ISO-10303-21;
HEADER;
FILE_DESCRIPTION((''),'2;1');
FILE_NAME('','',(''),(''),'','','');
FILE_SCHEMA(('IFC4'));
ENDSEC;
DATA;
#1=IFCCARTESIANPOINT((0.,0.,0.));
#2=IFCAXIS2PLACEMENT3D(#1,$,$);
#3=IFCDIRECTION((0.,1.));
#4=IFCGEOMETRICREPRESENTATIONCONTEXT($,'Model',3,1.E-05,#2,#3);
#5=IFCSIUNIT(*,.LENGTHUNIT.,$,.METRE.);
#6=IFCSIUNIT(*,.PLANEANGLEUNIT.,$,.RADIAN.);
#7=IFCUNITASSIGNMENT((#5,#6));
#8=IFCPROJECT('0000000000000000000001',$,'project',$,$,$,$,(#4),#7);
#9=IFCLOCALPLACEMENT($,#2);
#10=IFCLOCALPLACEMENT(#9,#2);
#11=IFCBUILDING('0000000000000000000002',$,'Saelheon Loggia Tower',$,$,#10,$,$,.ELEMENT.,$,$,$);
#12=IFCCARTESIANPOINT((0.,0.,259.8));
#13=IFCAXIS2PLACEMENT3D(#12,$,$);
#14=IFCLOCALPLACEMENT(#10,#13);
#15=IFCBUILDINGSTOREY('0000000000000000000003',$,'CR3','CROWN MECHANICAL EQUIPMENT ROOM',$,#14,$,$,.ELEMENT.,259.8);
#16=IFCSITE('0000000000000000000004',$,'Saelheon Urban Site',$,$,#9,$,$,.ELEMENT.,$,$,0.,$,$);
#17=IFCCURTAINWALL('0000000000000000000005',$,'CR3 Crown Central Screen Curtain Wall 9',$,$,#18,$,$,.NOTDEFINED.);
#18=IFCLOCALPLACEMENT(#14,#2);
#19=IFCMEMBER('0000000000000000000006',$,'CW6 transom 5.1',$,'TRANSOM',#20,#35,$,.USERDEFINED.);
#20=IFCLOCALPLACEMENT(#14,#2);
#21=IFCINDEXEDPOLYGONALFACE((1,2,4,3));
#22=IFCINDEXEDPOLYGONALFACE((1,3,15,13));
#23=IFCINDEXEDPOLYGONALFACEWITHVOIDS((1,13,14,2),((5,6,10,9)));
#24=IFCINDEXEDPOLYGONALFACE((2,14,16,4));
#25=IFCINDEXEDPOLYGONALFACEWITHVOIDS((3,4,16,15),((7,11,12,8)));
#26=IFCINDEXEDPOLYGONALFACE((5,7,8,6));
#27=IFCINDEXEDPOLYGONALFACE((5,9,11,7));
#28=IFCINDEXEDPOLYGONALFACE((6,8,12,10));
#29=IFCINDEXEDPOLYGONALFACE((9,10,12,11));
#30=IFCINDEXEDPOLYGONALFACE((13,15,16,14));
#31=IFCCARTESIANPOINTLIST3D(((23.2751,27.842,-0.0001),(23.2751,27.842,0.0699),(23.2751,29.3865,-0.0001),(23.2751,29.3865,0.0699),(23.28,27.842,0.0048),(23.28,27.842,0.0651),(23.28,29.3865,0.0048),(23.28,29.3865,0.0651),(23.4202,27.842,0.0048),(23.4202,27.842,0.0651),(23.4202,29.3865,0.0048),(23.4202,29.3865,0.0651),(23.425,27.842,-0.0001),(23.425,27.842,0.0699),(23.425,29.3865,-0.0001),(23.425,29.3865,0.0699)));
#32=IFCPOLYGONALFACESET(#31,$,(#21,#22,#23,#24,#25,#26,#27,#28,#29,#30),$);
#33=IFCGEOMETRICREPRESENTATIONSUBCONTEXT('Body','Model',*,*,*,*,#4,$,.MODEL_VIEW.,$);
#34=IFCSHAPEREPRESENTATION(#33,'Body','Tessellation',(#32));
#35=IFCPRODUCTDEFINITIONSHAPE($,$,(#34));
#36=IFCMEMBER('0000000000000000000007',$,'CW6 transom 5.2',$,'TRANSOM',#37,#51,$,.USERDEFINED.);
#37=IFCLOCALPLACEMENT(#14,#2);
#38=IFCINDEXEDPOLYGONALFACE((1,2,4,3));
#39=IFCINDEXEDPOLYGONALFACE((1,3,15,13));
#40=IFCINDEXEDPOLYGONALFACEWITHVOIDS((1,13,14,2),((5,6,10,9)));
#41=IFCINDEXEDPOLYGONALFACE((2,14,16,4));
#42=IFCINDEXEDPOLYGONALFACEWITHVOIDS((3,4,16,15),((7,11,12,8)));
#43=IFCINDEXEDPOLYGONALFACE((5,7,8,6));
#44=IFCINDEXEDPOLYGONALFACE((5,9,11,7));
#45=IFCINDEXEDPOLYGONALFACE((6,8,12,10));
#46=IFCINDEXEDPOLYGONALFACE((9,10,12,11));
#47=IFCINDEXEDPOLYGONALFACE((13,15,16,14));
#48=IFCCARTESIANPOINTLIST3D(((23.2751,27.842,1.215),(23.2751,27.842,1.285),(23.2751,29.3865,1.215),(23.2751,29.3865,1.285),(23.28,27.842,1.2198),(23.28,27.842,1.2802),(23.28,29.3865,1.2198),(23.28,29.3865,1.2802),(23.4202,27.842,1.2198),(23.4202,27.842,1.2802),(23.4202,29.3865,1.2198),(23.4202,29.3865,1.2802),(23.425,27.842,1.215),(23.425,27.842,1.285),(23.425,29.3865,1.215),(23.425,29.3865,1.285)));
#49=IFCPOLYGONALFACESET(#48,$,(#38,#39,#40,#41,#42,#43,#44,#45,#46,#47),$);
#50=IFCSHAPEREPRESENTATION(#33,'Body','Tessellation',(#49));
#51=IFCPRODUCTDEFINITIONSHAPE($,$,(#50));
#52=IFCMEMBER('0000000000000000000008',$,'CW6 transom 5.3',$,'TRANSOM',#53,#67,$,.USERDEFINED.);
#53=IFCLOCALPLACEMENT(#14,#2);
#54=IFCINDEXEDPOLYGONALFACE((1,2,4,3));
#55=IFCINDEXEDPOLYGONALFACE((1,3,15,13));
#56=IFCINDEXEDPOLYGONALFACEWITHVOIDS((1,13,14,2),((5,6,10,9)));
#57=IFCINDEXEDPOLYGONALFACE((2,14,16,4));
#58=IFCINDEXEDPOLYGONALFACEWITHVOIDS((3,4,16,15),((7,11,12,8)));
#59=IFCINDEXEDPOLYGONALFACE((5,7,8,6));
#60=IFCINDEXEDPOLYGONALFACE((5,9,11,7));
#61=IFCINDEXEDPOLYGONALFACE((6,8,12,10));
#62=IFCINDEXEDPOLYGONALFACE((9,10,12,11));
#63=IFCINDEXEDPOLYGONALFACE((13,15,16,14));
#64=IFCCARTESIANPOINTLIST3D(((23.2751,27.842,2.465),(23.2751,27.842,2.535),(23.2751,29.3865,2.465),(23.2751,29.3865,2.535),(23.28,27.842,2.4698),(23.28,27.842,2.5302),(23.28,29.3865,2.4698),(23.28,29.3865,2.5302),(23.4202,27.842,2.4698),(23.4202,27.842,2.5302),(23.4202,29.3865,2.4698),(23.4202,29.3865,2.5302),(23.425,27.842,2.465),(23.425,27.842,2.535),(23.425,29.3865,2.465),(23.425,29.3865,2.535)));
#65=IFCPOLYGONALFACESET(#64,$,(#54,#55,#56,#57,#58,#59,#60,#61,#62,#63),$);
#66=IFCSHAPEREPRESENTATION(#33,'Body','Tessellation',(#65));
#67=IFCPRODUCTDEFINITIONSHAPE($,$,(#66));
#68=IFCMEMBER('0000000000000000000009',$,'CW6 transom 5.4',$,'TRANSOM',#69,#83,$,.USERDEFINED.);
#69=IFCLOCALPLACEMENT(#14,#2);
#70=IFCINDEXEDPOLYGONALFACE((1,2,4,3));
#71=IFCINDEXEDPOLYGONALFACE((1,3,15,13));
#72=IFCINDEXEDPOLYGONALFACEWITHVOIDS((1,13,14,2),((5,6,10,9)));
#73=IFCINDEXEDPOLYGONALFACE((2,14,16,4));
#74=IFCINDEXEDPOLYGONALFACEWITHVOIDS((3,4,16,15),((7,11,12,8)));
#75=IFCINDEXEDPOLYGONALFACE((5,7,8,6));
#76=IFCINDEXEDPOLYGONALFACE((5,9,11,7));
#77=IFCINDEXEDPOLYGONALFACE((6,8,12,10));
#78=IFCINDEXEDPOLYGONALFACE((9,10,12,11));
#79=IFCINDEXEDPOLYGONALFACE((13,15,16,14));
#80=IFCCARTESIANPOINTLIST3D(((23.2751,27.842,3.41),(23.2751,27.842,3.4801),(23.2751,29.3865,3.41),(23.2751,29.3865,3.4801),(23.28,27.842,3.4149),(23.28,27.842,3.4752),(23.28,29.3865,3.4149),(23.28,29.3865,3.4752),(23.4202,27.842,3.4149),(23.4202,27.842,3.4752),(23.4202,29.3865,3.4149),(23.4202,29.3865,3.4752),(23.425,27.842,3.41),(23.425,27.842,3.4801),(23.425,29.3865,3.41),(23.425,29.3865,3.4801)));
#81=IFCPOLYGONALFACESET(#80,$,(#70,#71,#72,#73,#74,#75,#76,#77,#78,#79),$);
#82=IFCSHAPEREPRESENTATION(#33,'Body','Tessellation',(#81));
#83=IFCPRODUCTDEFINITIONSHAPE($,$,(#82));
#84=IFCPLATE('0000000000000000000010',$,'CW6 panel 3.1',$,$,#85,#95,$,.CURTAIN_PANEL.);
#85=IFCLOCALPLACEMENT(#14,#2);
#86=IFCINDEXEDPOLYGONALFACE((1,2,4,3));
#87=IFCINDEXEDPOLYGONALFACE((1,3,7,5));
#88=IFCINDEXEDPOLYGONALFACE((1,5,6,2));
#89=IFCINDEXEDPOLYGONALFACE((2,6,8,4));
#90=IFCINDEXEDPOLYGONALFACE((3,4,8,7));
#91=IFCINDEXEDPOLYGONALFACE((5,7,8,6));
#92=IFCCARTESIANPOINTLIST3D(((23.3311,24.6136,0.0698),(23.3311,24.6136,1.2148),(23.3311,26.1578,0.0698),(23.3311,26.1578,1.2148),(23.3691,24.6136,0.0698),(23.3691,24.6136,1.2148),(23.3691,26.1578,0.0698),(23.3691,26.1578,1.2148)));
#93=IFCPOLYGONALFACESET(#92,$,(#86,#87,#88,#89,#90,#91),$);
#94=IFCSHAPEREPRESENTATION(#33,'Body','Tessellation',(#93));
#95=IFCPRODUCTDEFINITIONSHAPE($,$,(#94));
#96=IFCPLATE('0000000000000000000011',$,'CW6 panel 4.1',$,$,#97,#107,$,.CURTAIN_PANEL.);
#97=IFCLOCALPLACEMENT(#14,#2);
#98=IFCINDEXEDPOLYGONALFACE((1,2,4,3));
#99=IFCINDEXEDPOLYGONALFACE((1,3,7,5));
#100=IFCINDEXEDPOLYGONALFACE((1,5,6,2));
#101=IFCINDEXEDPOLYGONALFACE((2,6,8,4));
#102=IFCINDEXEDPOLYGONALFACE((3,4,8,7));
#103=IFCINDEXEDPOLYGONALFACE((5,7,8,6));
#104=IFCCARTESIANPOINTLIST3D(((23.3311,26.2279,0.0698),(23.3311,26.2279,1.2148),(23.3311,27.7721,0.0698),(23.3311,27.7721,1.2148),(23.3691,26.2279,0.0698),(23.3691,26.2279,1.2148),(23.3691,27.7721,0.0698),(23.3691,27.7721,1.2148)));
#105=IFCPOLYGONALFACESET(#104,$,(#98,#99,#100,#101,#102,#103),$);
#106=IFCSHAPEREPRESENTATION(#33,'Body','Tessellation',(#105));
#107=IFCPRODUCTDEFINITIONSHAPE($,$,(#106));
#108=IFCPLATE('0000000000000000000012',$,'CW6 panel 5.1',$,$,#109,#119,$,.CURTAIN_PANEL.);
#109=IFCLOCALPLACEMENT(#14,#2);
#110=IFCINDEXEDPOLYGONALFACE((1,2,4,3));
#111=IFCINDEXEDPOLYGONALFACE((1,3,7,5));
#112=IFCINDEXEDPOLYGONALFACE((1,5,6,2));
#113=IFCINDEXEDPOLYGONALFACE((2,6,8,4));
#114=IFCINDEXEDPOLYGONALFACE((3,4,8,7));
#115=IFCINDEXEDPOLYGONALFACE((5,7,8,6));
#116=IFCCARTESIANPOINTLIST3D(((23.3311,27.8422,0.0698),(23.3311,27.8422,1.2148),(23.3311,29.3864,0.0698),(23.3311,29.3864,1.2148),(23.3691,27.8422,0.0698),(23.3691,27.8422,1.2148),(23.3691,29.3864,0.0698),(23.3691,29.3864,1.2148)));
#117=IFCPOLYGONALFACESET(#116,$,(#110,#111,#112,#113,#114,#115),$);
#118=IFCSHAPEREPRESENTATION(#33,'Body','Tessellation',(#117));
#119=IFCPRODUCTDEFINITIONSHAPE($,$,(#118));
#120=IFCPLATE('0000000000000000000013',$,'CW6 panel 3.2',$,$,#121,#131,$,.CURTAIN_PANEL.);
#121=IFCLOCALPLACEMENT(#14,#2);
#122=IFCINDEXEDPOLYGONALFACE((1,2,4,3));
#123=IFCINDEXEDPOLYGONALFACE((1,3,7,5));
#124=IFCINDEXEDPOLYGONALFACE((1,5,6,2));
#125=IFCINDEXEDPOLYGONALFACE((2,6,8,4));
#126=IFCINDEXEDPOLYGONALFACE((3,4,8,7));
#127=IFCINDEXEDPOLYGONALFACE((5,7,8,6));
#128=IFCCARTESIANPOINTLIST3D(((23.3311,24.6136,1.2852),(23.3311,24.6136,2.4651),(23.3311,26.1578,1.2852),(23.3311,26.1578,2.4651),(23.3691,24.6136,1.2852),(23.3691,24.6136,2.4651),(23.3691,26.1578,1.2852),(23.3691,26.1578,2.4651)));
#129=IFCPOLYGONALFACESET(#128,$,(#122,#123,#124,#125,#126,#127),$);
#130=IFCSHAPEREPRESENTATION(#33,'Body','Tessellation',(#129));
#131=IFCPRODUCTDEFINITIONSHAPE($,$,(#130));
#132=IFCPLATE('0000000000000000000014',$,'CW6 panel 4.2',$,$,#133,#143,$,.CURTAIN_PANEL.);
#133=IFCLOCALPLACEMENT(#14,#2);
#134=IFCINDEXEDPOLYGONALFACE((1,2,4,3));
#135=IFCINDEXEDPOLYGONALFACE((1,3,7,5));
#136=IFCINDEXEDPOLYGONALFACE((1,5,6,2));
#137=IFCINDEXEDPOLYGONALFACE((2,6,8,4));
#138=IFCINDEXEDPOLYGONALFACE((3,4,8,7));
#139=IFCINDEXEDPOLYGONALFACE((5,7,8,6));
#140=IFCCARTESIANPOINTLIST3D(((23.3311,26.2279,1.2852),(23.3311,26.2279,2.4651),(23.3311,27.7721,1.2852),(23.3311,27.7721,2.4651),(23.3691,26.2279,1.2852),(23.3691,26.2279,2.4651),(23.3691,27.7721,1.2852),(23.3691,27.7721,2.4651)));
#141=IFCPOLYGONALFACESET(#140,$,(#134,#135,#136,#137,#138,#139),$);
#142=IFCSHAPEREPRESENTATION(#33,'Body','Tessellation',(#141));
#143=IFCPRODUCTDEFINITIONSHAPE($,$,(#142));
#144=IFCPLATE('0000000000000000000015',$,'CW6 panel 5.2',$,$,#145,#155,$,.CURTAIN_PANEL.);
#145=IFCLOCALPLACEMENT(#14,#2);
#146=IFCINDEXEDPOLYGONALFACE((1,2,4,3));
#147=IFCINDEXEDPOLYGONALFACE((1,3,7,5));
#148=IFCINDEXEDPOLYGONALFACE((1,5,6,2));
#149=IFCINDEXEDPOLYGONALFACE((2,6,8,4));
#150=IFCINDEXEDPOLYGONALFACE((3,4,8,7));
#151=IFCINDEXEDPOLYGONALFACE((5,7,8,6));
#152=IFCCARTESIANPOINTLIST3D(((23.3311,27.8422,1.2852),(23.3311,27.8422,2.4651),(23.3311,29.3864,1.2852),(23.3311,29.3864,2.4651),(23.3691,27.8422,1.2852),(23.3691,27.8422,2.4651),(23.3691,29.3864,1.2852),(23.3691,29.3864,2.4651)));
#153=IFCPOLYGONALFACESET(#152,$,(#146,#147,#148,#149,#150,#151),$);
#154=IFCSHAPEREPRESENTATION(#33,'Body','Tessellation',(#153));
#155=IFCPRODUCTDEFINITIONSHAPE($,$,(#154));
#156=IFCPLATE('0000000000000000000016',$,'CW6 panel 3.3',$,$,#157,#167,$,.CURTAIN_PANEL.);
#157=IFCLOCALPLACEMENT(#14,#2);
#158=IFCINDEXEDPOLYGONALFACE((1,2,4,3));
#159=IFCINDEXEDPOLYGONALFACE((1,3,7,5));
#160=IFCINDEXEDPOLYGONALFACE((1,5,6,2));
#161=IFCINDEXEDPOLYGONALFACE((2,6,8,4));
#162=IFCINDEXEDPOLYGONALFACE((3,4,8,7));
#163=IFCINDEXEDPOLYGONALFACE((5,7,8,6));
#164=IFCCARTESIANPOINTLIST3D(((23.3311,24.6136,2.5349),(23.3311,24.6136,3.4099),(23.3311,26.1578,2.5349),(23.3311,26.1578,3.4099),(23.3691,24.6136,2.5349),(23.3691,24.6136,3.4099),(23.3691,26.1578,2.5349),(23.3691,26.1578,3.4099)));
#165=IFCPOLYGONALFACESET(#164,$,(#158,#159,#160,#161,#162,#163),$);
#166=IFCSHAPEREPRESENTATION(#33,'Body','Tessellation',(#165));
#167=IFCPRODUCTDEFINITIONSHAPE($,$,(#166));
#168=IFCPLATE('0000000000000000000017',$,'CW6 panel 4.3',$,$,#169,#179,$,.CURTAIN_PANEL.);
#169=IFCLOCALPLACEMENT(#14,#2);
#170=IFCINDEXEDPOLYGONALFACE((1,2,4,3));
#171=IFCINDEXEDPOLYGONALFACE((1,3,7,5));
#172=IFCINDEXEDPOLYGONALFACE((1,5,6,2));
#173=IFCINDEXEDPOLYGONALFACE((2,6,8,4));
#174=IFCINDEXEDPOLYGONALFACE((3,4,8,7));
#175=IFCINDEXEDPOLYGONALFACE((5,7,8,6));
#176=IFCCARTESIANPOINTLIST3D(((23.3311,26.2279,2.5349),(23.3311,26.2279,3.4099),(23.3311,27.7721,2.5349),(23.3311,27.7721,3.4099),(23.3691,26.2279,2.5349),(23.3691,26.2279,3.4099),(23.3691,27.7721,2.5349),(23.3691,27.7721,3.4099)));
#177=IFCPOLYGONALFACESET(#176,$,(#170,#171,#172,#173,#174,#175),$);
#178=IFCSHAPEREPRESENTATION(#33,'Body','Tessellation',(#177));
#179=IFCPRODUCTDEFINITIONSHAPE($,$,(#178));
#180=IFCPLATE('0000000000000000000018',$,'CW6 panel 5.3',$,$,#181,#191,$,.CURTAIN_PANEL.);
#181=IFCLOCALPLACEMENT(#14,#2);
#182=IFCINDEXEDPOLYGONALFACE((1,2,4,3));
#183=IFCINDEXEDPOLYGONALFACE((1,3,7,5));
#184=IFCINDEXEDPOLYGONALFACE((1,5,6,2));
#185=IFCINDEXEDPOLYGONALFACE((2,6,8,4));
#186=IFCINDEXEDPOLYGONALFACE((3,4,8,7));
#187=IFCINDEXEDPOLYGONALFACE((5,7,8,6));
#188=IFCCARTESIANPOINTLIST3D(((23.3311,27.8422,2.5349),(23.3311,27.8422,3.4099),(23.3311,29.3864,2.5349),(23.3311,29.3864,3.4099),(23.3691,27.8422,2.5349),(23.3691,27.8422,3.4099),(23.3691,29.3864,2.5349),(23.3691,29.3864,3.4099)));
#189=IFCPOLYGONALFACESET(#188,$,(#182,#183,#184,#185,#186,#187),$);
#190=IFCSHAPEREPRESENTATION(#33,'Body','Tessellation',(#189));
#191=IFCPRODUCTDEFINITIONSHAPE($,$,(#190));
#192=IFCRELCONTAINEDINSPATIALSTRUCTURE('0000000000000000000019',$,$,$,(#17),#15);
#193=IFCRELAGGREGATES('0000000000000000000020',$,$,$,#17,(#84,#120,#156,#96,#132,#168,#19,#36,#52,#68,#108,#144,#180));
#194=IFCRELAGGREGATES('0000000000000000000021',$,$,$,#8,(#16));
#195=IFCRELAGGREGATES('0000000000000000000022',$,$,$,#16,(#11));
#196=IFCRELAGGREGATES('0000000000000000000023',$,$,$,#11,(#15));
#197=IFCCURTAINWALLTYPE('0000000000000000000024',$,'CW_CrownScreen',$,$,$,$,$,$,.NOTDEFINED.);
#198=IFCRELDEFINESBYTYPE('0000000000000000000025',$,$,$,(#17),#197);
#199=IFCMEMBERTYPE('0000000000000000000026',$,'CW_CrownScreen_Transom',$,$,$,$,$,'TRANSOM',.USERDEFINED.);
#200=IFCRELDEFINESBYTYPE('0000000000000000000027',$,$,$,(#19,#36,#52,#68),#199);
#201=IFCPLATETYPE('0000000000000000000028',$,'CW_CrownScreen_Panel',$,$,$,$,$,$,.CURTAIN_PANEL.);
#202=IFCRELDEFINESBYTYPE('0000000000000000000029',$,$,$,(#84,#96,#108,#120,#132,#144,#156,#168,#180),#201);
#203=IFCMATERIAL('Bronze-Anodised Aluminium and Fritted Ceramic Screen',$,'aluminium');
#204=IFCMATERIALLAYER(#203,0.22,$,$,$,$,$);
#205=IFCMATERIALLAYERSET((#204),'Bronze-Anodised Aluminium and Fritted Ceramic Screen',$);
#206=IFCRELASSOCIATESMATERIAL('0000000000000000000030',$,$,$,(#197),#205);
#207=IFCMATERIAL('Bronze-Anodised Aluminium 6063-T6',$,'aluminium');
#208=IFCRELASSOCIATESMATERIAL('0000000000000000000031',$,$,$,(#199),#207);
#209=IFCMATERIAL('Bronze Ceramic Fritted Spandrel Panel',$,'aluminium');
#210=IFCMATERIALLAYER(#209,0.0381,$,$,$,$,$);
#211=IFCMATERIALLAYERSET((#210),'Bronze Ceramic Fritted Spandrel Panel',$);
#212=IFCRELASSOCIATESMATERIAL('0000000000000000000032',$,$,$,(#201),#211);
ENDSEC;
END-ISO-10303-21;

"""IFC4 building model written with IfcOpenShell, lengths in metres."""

from ifc_helpers import new_model, si_unit, direction, frame, origin, origin_2d, place, context, subcontext, project, spatial, rectangle, hollow_rectangle, extrude, source, transform, mapped, material, layer, layer_set, material_profile, profile_set, type_object, element, aggregate, save


model = new_model("IFC4")

# Units and contexts
model_context = context("Model", 3, precision=1e-05, world=origin(), true_north=direction((0.0, 1.0)))
body_context = subcontext(model_context, "Body", "Model", "MODEL_VIEW")
ifc_project = project(units=[si_unit("LENGTHUNIT", "METRE"), si_unit("PLANEANGLEUNIT", "RADIAN")], contexts=[model_context])

# Site, building, storey
site_placement = place(None, origin())
site = spatial("IfcSite", under=ifc_project, at=site_placement, Name="Saelheon Urban Site", CompositionType="ELEMENT", RefElevation=0.0)
building_placement = place(site_placement, origin())
building = spatial("IfcBuilding", under=site, at=building_placement, Name="Saelheon Loggia Tower", CompositionType="ELEMENT")
storey_placement = place(building_placement, frame((0.0, 0.0, 259.8)))
storey = spatial("IfcBuildingStorey", under=building, at=storey_placement, Name="CR3", Description="CROWN MECHANICAL EQUIPMENT ROOM", CompositionType="ELEMENT", Elevation=259.8)

# Curtain wall, members, plates
ifc_material_1 = material(Name="Bronze-Anodised Aluminium and Fritted Ceramic Screen", Category="aluminium")
ifc_layer_1 = layer(ifc_material_1, 0.22)
ifc_layer_set_1 = layer_set([ifc_layer_1], Name="Bronze-Anodised Aluminium and Fritted Ceramic Screen")
curtain_wall_type = type_object("IfcCurtainWallType", Name="CW_CrownScreen", PredefinedType="NOTDEFINED", material=ifc_layer_set_1)
curtain_wall_placement = place(storey_placement, origin())
curtain_wall = element("IfcCurtainWall", 1, at=curtain_wall_placement, inside=storey, type_object=curtain_wall_type, Name="CR3 Crown Central Screen Curtain Wall 9", PredefinedType="NOTDEFINED")
ifc_material_2 = material(Name="Bronze-Anodised Aluminium 6063-T6", Category="aluminium")
ifc_material_profile_1 = material_profile(ifc_material_2, hollow_rectangle(XDim=0.0701, YDim=0.1499, WallThickness=0.0049, at=origin_2d()), Name="RHS-150x70x5")
ifc_profile_set_1 = profile_set([ifc_material_profile_1], Name="Bronze-Anodised Aluminium 6063-T6")
member_type_1 = type_object("IfcMemberType", Name="CW_CrownScreen_Transom", ElementType="TRANSOM", PredefinedType="USERDEFINED", material=ifc_profile_set_1)
shared_shape_1 = source(origin(), body_context, "Body", "SweptSolid", [
    extrude(hollow_rectangle(XDim=0.0701, YDim=0.1499, WallThickness=0.0049, at=origin_2d()), origin(), (0.0, 0.0, 1.0), 1.5444),
])
member_1_placement = place(storey_placement, frame((23.3501, 27.842, 0.0349), z_axis=(0.0, 1.0, 0.0), x_axis=(0.0, 0.0, 1.0)))
member_1 = element("IfcMember", 2, at=member_1_placement, type_object=member_type_1, Name="CW6 transom 5.1", ObjectType="TRANSOM", PredefinedType="USERDEFINED", context=body_context, shape_type="MappedRepresentation", body=[
    mapped(shared_shape_1, transform((0.0, 0.0, 0.0), scale=1.0)),
])
member_2_placement = place(storey_placement, frame((23.3501, 27.842, 1.25), z_axis=(0.0, 1.0, 0.0), x_axis=(0.0, 0.0, 1.0)))
member_2 = element("IfcMember", 3, at=member_2_placement, type_object=member_type_1, Name="CW6 transom 5.2", ObjectType="TRANSOM", PredefinedType="USERDEFINED", context=body_context, shape_type="MappedRepresentation", body=[
    mapped(shared_shape_1, transform((0.0, 0.0, 0.0), scale=1.0)),
])
member_3_placement = place(storey_placement, frame((23.3501, 27.842, 2.5), z_axis=(0.0, 1.0, 0.0), x_axis=(0.0, 0.0, 1.0)))
member_3 = element("IfcMember", 4, at=member_3_placement, type_object=member_type_1, Name="CW6 transom 5.3", ObjectType="TRANSOM", PredefinedType="USERDEFINED", context=body_context, shape_type="MappedRepresentation", body=[
    mapped(shared_shape_1, transform((0.0, 0.0, 0.0), scale=1.0)),
])
member_4_placement = place(storey_placement, frame((23.3501, 27.842, 3.4451), z_axis=(0.0, 1.0, 0.0), x_axis=(0.0, 0.0, 1.0)))
member_4 = element("IfcMember", 5, at=member_4_placement, type_object=member_type_1, Name="CW6 transom 5.4", ObjectType="TRANSOM", PredefinedType="USERDEFINED", context=body_context, shape_type="MappedRepresentation", body=[
    mapped(shared_shape_1, transform((0.0, 0.0, 0.0), scale=1.0)),
])
ifc_material_3 = material(Name="Bronze Ceramic Fritted Spandrel Panel", Category="aluminium")
ifc_layer_2 = layer(ifc_material_3, 0.0381)
ifc_layer_set_2 = layer_set([ifc_layer_2], Name="Bronze Ceramic Fritted Spandrel Panel")
plate_type = type_object("IfcPlateType", Name="CW_CrownScreen_Panel", PredefinedType="CURTAIN_PANEL", material=ifc_layer_set_2)
shared_shape_2 = source(origin(), body_context, "Body", "SweptSolid", [
    extrude(rectangle(XDim=1.5442, YDim=0.0381, at=origin_2d()), origin(), (0.0, 0.0, 1.0), 1.145),
])
plate_1_placement = place(storey_placement, frame((23.3501, 25.3857, 0.0698), z_axis=(0.0, 0.0, 1.0), x_axis=(0.0, 1.0, 0.0)))
plate_1 = element("IfcPlate", 6, at=plate_1_placement, type_object=plate_type, Name="CW6 panel 3.1", PredefinedType="CURTAIN_PANEL", context=body_context, shape_type="MappedRepresentation", body=[
    mapped(shared_shape_2, transform((0.0, 0.0, 0.0), scale=1.0)),
])
plate_2_placement = place(storey_placement, frame((23.3501, 27.0, 0.0698), z_axis=(0.0, 0.0, 1.0), x_axis=(0.0, 1.0, 0.0)))
plate_2 = element("IfcPlate", 7, at=plate_2_placement, type_object=plate_type, Name="CW6 panel 4.1", PredefinedType="CURTAIN_PANEL", context=body_context, shape_type="MappedRepresentation", body=[
    mapped(shared_shape_2, transform((0.0, 0.0, 0.0), scale=1.0)),
])
plate_3_placement = place(storey_placement, frame((23.3501, 28.6143, 0.0698), z_axis=(0.0, 0.0, 1.0), x_axis=(0.0, 1.0, 0.0)))
plate_3 = element("IfcPlate", 8, at=plate_3_placement, type_object=plate_type, Name="CW6 panel 5.1", PredefinedType="CURTAIN_PANEL", context=body_context, shape_type="MappedRepresentation", body=[
    mapped(shared_shape_2, transform((0.0, 0.0, 0.0), scale=1.0)),
])
shared_shape_3 = source(origin(), body_context, "Body", "SweptSolid", [
    extrude(rectangle(XDim=1.5442, YDim=0.0381, at=origin_2d()), origin(), (0.0, 0.0, 1.0), 1.1799),
])
plate_4_placement = place(storey_placement, frame((23.3501, 25.3857, 1.2852), z_axis=(0.0, 0.0, 1.0), x_axis=(0.0, 1.0, 0.0)))
plate_4 = element("IfcPlate", 9, at=plate_4_placement, type_object=plate_type, Name="CW6 panel 3.2", PredefinedType="CURTAIN_PANEL", context=body_context, shape_type="MappedRepresentation", body=[
    mapped(shared_shape_3, transform((0.0, 0.0, 0.0), scale=1.0)),
])
plate_5_placement = place(storey_placement, frame((23.3501, 27.0, 1.2852), z_axis=(0.0, 0.0, 1.0), x_axis=(0.0, 1.0, 0.0)))
plate_5 = element("IfcPlate", 10, at=plate_5_placement, type_object=plate_type, Name="CW6 panel 4.2", PredefinedType="CURTAIN_PANEL", context=body_context, shape_type="MappedRepresentation", body=[
    mapped(shared_shape_3, transform((0.0, 0.0, 0.0), scale=1.0)),
])
plate_6_placement = place(storey_placement, frame((23.3501, 28.6143, 1.2852), z_axis=(0.0, 0.0, 1.0), x_axis=(0.0, 1.0, 0.0)))
plate_6 = element("IfcPlate", 11, at=plate_6_placement, type_object=plate_type, Name="CW6 panel 5.2", PredefinedType="CURTAIN_PANEL", context=body_context, shape_type="MappedRepresentation", body=[
    mapped(shared_shape_3, transform((0.0, 0.0, 0.0), scale=1.0)),
])
shared_shape_4 = source(origin(), body_context, "Body", "SweptSolid", [
    extrude(rectangle(XDim=1.5442, YDim=0.0381, at=origin_2d()), origin(), (0.0, 0.0, 1.0), 0.875),
])
plate_7_placement = place(storey_placement, frame((23.3501, 25.3857, 2.5349), z_axis=(0.0, 0.0, 1.0), x_axis=(0.0, 1.0, 0.0)))
plate_7 = element("IfcPlate", 12, at=plate_7_placement, type_object=plate_type, Name="CW6 panel 3.3", PredefinedType="CURTAIN_PANEL", context=body_context, shape_type="MappedRepresentation", body=[
    mapped(shared_shape_4, transform((0.0, 0.0, 0.0), scale=1.0)),
])
plate_8_placement = place(storey_placement, frame((23.3501, 27.0, 2.5349), z_axis=(0.0, 0.0, 1.0), x_axis=(0.0, 1.0, 0.0)))
plate_8 = element("IfcPlate", 13, at=plate_8_placement, type_object=plate_type, Name="CW6 panel 4.3", PredefinedType="CURTAIN_PANEL", context=body_context, shape_type="MappedRepresentation", body=[
    mapped(shared_shape_4, transform((0.0, 0.0, 0.0), scale=1.0)),
])
plate_9_placement = place(storey_placement, frame((23.3501, 28.6143, 2.5349), z_axis=(0.0, 0.0, 1.0), x_axis=(0.0, 1.0, 0.0)))
plate_9 = element("IfcPlate", 14, at=plate_9_placement, type_object=plate_type, Name="CW6 panel 5.3", PredefinedType="CURTAIN_PANEL", context=body_context, shape_type="MappedRepresentation", body=[
    mapped(shared_shape_4, transform((0.0, 0.0, 0.0), scale=1.0)),
])
aggregate(curtain_wall, [plate_1, plate_4, plate_7, plate_2, plate_5, plate_8, member_1, member_2, member_3, member_4, plate_3, plate_6, plate_9])

save(model, "model.ifc")
